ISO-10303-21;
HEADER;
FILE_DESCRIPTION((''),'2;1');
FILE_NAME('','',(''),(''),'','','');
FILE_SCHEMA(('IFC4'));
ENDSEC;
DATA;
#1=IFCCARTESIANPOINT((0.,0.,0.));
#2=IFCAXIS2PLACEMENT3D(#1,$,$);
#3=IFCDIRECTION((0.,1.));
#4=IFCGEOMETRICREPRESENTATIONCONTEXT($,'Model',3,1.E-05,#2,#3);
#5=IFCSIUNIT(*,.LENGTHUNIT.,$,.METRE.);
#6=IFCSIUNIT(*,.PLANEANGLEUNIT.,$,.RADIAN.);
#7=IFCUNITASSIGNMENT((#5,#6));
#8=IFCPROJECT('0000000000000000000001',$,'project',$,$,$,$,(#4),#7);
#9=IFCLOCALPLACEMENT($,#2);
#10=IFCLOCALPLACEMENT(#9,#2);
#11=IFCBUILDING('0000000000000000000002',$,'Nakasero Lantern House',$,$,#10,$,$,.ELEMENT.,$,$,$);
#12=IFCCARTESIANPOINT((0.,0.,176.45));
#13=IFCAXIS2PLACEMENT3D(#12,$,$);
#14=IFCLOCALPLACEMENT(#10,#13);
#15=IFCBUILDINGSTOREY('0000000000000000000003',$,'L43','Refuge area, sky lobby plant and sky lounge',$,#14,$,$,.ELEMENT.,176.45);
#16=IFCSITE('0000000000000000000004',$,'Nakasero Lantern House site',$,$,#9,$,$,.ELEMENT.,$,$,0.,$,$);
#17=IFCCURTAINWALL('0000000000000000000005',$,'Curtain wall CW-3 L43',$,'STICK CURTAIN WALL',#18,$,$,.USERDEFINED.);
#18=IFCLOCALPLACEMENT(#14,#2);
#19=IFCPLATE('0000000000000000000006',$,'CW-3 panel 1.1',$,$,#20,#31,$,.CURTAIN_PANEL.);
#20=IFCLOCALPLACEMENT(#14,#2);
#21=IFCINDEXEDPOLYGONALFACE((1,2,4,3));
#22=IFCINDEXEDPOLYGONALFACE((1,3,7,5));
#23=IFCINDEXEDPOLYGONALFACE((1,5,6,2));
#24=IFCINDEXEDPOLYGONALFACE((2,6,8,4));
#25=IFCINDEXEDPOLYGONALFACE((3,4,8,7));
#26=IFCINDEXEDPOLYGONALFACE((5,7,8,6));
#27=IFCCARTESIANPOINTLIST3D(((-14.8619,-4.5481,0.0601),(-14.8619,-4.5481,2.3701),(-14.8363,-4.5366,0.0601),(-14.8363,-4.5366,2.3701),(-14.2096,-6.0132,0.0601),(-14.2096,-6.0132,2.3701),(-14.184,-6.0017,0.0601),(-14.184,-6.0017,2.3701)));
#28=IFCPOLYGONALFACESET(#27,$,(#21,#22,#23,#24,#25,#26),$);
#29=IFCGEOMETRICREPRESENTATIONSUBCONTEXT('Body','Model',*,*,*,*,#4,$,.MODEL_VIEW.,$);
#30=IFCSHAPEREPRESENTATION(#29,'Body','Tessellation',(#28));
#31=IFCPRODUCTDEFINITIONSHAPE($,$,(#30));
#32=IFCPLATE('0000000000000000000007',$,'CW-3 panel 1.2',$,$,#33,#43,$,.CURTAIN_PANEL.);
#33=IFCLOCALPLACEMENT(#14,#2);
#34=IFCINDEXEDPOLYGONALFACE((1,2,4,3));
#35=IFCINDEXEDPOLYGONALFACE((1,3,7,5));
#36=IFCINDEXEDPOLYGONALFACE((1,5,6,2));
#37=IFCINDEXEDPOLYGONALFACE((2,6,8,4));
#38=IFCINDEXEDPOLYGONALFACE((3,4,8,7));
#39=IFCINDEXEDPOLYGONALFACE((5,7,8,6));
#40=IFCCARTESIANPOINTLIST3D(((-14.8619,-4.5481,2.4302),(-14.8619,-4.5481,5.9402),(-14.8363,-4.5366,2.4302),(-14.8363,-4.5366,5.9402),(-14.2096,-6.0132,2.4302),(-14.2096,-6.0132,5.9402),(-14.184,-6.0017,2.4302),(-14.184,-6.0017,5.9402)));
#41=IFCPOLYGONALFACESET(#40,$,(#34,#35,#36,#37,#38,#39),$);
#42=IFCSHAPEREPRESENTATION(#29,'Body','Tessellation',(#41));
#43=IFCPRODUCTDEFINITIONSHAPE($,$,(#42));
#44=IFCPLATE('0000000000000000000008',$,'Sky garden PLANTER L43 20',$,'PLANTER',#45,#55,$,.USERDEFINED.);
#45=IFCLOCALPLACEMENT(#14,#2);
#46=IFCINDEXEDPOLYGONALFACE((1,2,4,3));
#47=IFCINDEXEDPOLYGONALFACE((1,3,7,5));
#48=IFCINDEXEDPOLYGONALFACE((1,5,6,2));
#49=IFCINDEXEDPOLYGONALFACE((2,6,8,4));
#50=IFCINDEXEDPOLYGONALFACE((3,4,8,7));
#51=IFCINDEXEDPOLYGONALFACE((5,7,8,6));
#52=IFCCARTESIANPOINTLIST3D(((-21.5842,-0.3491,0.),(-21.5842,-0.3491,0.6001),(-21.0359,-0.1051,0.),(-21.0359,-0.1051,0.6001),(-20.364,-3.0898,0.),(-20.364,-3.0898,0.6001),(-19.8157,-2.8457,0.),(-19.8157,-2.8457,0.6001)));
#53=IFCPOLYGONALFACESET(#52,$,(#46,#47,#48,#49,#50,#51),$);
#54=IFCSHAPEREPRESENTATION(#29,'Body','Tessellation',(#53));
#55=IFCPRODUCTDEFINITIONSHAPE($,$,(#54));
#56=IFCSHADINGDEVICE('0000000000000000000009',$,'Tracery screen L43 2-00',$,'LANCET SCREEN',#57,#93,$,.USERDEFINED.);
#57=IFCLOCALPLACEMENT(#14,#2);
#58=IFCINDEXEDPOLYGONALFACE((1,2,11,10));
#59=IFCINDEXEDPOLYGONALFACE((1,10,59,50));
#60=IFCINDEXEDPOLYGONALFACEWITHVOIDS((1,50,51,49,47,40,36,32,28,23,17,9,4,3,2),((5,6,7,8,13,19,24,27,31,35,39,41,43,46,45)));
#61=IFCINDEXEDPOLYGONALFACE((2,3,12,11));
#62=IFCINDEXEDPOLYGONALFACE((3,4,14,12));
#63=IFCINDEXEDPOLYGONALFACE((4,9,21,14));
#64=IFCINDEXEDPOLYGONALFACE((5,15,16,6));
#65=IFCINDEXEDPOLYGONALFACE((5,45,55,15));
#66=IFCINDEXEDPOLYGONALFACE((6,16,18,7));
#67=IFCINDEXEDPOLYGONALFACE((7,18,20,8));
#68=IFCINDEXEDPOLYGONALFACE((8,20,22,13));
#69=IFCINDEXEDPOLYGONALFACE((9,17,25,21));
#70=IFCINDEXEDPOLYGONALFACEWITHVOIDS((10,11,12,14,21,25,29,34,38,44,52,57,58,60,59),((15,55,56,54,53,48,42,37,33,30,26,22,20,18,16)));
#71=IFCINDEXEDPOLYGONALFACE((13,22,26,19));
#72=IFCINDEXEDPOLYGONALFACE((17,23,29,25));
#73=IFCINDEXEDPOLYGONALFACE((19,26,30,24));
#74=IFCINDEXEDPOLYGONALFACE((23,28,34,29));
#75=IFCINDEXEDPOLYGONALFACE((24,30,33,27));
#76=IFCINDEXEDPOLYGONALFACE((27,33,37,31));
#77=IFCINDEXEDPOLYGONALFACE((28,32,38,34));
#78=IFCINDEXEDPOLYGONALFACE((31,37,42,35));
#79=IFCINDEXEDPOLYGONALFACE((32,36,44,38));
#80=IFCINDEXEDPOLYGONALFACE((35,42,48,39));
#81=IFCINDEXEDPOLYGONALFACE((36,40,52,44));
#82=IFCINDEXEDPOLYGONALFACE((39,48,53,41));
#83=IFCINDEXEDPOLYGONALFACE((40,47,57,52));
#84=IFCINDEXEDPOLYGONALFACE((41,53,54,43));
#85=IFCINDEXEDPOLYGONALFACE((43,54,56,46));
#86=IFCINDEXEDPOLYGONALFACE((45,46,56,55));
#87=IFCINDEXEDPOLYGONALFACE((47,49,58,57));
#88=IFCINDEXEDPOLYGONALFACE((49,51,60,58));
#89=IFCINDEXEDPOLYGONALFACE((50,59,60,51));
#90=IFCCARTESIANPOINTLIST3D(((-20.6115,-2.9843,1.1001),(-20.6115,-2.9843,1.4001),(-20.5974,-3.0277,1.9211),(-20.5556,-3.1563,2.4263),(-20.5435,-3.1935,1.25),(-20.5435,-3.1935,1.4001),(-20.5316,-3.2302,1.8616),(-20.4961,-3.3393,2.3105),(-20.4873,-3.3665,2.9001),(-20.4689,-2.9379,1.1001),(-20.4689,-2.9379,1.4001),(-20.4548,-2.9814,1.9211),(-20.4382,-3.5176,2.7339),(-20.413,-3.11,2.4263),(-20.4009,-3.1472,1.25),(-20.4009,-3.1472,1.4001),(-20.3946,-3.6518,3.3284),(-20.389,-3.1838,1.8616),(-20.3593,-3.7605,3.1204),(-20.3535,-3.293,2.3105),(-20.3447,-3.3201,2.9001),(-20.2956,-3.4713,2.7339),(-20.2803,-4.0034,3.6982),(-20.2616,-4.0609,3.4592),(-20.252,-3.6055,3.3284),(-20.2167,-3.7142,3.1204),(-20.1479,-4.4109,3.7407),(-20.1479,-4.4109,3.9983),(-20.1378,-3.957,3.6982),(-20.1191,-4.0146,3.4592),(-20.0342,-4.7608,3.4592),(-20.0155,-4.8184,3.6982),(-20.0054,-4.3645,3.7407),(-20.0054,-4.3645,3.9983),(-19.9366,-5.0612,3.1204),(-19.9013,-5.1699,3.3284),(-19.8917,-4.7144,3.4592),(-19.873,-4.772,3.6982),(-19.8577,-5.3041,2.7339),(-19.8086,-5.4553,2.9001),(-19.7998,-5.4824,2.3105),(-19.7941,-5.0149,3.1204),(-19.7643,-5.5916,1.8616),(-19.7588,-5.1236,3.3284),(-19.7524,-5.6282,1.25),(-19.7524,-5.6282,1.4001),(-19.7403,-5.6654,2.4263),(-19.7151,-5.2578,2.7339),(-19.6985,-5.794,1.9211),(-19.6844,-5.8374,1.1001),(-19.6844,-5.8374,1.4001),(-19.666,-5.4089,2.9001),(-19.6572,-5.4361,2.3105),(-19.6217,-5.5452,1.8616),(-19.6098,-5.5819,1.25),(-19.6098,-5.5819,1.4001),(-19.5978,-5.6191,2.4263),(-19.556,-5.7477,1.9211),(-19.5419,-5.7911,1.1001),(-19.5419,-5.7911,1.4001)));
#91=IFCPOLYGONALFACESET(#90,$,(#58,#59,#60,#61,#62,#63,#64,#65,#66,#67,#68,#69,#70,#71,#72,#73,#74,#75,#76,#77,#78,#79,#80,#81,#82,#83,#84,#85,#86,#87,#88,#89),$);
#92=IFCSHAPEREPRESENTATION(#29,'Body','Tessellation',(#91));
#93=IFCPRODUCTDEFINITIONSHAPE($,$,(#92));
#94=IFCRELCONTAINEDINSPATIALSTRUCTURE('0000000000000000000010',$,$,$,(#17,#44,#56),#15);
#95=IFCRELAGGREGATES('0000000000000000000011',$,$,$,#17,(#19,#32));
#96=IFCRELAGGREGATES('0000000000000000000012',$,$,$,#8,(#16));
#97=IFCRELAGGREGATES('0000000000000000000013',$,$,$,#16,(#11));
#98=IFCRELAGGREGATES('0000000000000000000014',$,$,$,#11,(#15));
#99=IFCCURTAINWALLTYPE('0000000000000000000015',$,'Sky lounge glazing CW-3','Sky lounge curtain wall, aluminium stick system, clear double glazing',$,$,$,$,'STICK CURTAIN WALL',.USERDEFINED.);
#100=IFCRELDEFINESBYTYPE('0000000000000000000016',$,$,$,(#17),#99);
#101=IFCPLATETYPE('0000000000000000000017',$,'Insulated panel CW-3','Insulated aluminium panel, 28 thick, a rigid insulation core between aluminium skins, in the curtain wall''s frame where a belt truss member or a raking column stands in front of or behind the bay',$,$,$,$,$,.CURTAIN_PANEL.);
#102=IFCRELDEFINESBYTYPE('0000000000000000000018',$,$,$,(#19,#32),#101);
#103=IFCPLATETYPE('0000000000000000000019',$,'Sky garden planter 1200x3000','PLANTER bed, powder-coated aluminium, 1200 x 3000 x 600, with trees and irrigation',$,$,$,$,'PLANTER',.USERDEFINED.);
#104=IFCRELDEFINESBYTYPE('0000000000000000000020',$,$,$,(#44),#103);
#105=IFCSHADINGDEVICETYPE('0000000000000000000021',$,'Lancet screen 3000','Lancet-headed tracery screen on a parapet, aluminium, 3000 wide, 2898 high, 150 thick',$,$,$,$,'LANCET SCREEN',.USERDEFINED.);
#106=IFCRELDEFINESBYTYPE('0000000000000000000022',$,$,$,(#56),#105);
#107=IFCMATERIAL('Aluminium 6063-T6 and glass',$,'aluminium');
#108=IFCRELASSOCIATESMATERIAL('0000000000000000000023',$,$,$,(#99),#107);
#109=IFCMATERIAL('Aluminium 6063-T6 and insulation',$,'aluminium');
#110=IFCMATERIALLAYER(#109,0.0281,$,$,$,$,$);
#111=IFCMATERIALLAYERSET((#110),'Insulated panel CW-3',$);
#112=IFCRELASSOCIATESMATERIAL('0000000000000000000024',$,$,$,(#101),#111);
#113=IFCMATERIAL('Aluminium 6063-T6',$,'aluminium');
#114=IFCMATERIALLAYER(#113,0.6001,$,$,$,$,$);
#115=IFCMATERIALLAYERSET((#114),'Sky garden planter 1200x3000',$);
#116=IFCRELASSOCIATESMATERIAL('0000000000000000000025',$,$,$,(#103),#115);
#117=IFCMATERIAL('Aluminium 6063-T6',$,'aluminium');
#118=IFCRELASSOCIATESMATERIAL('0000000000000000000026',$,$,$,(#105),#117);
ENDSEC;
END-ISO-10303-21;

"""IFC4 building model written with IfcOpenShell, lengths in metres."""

from ifc_helpers import new_model, si_unit, direction, frame, origin, origin_2d, place, context, subcontext, project, spatial, polyline, rectangle, outline, extrude, material, layer, layer_set, type_object, element, aggregate, save


model = new_model("IFC4")

# Units and contexts
model_context = context("Model", 3, precision=1e-05, world=origin(), true_north=direction((0.0, 1.0)))
body_context = subcontext(model_context, "Body", "Model", "MODEL_VIEW")
ifc_project = project(units=[si_unit("LENGTHUNIT", "METRE"), si_unit("PLANEANGLEUNIT", "RADIAN")], contexts=[model_context])

# Site, building, storey
site_placement = place(None, origin())
site = spatial("IfcSite", under=ifc_project, at=site_placement, Name="Nakasero Lantern House site", CompositionType="ELEMENT", RefElevation=0.0)
building_placement = place(site_placement, origin())
building = spatial("IfcBuilding", under=site, at=building_placement, Name="Nakasero Lantern House", CompositionType="ELEMENT")
storey_placement = place(building_placement, frame((0.0, 0.0, 176.45)))
storey = spatial("IfcBuildingStorey", under=building, at=storey_placement, Name="L43", Description="Refuge area, sky lobby plant and sky lounge", CompositionType="ELEMENT", Elevation=176.45)

# Curtain wall
ifc_material_1 = material(Name="Aluminium 6063-T6 and glass", Category="aluminium")
curtain_wall_type = type_object("IfcCurtainWallType", Name="Sky lounge glazing CW-3", Description="Sky lounge curtain wall, aluminium stick system, clear double glazing", ElementType="STICK CURTAIN WALL", PredefinedType="USERDEFINED", material=ifc_material_1)
curtain_wall_1_placement = place(storey_placement, origin())
curtain_wall_1 = element("IfcCurtainWall", 1, at=curtain_wall_1_placement, inside=storey, type_object=curtain_wall_type, Name="Curtain wall CW-3 L43", ObjectType="STICK CURTAIN WALL", PredefinedType="USERDEFINED")

# Plates
ifc_material_2 = material(Name="Aluminium 6063-T6 and insulation", Category="aluminium")
ifc_layer_1 = layer(ifc_material_2, 0.0281)
ifc_layer_set_1 = layer_set([ifc_layer_1], Name="Insulated panel CW-3")
plate_type_1 = type_object("IfcPlateType", Name="Insulated panel CW-3", Description="Insulated aluminium panel, 28 thick, a rigid insulation core between aluminium skins, in the curtain wall's frame where a belt truss member or a raking column stands in front of or behind the bay", PredefinedType="CURTAIN_PANEL", material=ifc_layer_set_1)
plate_1_placement = place(storey_placement, frame((-14.5229, -5.2749, 0.0601), z_axis=(0.0, 0.0, 1.0), x_axis=(0.406737, -0.913545, 0.0)))
plate_1 = element("IfcPlate", 2, at=plate_1_placement, type_object=plate_type_1, Name="CW-3 panel 1.1", PredefinedType="CURTAIN_PANEL", context=body_context, shape_type="SweptSolid", body=[
    extrude(rectangle(XDim=1.6038, YDim=0.0281, at=origin_2d()), origin(), (0.0, 0.0, 1.0), 2.3101),
])
plate_2_placement = place(storey_placement, frame((-14.5229, -5.2749, 2.4302), z_axis=(0.0, 0.0, 1.0), x_axis=(0.406737, -0.913545, 0.0)))
plate_2 = element("IfcPlate", 3, at=plate_2_placement, type_object=plate_type_1, Name="CW-3 panel 1.2", PredefinedType="CURTAIN_PANEL", context=body_context, shape_type="SweptSolid", body=[
    extrude(rectangle(XDim=1.6038, YDim=0.0281, at=origin_2d()), origin(), (0.0, 0.0, 1.0), 3.51),
])
aggregate(curtain_wall_1, [plate_1, plate_2])
ifc_material_3 = material(Name="Aluminium 6063-T6", Category="aluminium")
ifc_layer_2 = layer(ifc_material_3, 0.6001)
ifc_layer_set_2 = layer_set([ifc_layer_2], Name="Sky garden planter 1200x3000")
plate_type_2 = type_object("IfcPlateType", Name="Sky garden planter 1200x3000", Description="PLANTER bed, powder-coated aluminium, 1200 x 3000 x 600, with trees and irrigation", ElementType="PLANTER", PredefinedType="USERDEFINED", material=ifc_layer_set_2)
plate_3_placement = place(storey_placement, frame((-20.7, -1.5974, 0.0), z_axis=(0.0, 0.0, 1.0), x_axis=(-0.913545, -0.406737, 0.0)))
element("IfcPlate", 4, at=plate_3_placement, inside=storey, type_object=plate_type_2, Name="Sky garden PLANTER L43 20", ObjectType="PLANTER", PredefinedType="USERDEFINED", context=body_context, shape_type="SweptSolid", body=[
    extrude(rectangle(XDim=0.6001, YDim=3.0, at=origin_2d()), origin(), (0.0, 0.0, 1.0), 0.6001),
])

# Shading device
ifc_material_4 = material(Name="Aluminium 6063-T6", Category="aluminium")
shading_device_type = type_object("IfcShadingDeviceType", Name="Lancet screen 3000", Description="Lancet-headed tracery screen on a parapet, aluminium, 3000 wide, 2898 high, 150 thick", ElementType="LANCET SCREEN", PredefinedType="USERDEFINED", material=ifc_material_4)
shading_device_placement = place(storey_placement, frame((-20.0767, -4.3877, 1.1001), z_axis=(0.0, 0.0, 1.0), x_axis=(0.309017, -0.951057, 0.0)))
element("IfcShadingDevice", 5, at=shading_device_placement, inside=storey, type_object=shading_device_type, Name="Tracery screen L43 2-00", ObjectType="LANCET SCREEN", PredefinedType="USERDEFINED", context=body_context, shape_type="SweptSolid", body=[
    extrude(outline(polyline([(-1.5, 0.0), (1.5, 0.0), (1.5, 0.3), (1.4543, 0.821), (1.3191, 1.3262), (1.0981, 1.8), (0.7981, 2.2283), (0.4285, 2.5981), (0.0, 2.8982), (-0.4285, 2.5981), (-0.7981, 2.2283), (-1.0981, 1.8), (-1.3191, 1.3262), (-1.4543, 0.821), (-1.5, 0.3), (-1.5, 0.0)]), holes=[polyline([(-1.28, 0.1499), (1.28, 0.1499), (1.28, 0.3), (1.2415, 0.7615), (1.1267, 1.2104), (0.9392, 1.6338), (0.6838, 2.0203), (0.3679, 2.3591), (0.0, 2.6406), (-0.3679, 2.3591), (-0.6838, 2.0203), (-0.9392, 1.6338), (-1.1267, 1.2104), (-1.2415, 0.7615), (-1.28, 0.3), (-1.28, 0.1499)])]), frame((0.0, 0.075, 0.0), z_axis=(0.0, -1.0, 0.0), x_axis=(1.0, 0.0, 0.0)), (0.0, 0.0, 1.0), 0.1499),
])

save(model, "model.ifc")
